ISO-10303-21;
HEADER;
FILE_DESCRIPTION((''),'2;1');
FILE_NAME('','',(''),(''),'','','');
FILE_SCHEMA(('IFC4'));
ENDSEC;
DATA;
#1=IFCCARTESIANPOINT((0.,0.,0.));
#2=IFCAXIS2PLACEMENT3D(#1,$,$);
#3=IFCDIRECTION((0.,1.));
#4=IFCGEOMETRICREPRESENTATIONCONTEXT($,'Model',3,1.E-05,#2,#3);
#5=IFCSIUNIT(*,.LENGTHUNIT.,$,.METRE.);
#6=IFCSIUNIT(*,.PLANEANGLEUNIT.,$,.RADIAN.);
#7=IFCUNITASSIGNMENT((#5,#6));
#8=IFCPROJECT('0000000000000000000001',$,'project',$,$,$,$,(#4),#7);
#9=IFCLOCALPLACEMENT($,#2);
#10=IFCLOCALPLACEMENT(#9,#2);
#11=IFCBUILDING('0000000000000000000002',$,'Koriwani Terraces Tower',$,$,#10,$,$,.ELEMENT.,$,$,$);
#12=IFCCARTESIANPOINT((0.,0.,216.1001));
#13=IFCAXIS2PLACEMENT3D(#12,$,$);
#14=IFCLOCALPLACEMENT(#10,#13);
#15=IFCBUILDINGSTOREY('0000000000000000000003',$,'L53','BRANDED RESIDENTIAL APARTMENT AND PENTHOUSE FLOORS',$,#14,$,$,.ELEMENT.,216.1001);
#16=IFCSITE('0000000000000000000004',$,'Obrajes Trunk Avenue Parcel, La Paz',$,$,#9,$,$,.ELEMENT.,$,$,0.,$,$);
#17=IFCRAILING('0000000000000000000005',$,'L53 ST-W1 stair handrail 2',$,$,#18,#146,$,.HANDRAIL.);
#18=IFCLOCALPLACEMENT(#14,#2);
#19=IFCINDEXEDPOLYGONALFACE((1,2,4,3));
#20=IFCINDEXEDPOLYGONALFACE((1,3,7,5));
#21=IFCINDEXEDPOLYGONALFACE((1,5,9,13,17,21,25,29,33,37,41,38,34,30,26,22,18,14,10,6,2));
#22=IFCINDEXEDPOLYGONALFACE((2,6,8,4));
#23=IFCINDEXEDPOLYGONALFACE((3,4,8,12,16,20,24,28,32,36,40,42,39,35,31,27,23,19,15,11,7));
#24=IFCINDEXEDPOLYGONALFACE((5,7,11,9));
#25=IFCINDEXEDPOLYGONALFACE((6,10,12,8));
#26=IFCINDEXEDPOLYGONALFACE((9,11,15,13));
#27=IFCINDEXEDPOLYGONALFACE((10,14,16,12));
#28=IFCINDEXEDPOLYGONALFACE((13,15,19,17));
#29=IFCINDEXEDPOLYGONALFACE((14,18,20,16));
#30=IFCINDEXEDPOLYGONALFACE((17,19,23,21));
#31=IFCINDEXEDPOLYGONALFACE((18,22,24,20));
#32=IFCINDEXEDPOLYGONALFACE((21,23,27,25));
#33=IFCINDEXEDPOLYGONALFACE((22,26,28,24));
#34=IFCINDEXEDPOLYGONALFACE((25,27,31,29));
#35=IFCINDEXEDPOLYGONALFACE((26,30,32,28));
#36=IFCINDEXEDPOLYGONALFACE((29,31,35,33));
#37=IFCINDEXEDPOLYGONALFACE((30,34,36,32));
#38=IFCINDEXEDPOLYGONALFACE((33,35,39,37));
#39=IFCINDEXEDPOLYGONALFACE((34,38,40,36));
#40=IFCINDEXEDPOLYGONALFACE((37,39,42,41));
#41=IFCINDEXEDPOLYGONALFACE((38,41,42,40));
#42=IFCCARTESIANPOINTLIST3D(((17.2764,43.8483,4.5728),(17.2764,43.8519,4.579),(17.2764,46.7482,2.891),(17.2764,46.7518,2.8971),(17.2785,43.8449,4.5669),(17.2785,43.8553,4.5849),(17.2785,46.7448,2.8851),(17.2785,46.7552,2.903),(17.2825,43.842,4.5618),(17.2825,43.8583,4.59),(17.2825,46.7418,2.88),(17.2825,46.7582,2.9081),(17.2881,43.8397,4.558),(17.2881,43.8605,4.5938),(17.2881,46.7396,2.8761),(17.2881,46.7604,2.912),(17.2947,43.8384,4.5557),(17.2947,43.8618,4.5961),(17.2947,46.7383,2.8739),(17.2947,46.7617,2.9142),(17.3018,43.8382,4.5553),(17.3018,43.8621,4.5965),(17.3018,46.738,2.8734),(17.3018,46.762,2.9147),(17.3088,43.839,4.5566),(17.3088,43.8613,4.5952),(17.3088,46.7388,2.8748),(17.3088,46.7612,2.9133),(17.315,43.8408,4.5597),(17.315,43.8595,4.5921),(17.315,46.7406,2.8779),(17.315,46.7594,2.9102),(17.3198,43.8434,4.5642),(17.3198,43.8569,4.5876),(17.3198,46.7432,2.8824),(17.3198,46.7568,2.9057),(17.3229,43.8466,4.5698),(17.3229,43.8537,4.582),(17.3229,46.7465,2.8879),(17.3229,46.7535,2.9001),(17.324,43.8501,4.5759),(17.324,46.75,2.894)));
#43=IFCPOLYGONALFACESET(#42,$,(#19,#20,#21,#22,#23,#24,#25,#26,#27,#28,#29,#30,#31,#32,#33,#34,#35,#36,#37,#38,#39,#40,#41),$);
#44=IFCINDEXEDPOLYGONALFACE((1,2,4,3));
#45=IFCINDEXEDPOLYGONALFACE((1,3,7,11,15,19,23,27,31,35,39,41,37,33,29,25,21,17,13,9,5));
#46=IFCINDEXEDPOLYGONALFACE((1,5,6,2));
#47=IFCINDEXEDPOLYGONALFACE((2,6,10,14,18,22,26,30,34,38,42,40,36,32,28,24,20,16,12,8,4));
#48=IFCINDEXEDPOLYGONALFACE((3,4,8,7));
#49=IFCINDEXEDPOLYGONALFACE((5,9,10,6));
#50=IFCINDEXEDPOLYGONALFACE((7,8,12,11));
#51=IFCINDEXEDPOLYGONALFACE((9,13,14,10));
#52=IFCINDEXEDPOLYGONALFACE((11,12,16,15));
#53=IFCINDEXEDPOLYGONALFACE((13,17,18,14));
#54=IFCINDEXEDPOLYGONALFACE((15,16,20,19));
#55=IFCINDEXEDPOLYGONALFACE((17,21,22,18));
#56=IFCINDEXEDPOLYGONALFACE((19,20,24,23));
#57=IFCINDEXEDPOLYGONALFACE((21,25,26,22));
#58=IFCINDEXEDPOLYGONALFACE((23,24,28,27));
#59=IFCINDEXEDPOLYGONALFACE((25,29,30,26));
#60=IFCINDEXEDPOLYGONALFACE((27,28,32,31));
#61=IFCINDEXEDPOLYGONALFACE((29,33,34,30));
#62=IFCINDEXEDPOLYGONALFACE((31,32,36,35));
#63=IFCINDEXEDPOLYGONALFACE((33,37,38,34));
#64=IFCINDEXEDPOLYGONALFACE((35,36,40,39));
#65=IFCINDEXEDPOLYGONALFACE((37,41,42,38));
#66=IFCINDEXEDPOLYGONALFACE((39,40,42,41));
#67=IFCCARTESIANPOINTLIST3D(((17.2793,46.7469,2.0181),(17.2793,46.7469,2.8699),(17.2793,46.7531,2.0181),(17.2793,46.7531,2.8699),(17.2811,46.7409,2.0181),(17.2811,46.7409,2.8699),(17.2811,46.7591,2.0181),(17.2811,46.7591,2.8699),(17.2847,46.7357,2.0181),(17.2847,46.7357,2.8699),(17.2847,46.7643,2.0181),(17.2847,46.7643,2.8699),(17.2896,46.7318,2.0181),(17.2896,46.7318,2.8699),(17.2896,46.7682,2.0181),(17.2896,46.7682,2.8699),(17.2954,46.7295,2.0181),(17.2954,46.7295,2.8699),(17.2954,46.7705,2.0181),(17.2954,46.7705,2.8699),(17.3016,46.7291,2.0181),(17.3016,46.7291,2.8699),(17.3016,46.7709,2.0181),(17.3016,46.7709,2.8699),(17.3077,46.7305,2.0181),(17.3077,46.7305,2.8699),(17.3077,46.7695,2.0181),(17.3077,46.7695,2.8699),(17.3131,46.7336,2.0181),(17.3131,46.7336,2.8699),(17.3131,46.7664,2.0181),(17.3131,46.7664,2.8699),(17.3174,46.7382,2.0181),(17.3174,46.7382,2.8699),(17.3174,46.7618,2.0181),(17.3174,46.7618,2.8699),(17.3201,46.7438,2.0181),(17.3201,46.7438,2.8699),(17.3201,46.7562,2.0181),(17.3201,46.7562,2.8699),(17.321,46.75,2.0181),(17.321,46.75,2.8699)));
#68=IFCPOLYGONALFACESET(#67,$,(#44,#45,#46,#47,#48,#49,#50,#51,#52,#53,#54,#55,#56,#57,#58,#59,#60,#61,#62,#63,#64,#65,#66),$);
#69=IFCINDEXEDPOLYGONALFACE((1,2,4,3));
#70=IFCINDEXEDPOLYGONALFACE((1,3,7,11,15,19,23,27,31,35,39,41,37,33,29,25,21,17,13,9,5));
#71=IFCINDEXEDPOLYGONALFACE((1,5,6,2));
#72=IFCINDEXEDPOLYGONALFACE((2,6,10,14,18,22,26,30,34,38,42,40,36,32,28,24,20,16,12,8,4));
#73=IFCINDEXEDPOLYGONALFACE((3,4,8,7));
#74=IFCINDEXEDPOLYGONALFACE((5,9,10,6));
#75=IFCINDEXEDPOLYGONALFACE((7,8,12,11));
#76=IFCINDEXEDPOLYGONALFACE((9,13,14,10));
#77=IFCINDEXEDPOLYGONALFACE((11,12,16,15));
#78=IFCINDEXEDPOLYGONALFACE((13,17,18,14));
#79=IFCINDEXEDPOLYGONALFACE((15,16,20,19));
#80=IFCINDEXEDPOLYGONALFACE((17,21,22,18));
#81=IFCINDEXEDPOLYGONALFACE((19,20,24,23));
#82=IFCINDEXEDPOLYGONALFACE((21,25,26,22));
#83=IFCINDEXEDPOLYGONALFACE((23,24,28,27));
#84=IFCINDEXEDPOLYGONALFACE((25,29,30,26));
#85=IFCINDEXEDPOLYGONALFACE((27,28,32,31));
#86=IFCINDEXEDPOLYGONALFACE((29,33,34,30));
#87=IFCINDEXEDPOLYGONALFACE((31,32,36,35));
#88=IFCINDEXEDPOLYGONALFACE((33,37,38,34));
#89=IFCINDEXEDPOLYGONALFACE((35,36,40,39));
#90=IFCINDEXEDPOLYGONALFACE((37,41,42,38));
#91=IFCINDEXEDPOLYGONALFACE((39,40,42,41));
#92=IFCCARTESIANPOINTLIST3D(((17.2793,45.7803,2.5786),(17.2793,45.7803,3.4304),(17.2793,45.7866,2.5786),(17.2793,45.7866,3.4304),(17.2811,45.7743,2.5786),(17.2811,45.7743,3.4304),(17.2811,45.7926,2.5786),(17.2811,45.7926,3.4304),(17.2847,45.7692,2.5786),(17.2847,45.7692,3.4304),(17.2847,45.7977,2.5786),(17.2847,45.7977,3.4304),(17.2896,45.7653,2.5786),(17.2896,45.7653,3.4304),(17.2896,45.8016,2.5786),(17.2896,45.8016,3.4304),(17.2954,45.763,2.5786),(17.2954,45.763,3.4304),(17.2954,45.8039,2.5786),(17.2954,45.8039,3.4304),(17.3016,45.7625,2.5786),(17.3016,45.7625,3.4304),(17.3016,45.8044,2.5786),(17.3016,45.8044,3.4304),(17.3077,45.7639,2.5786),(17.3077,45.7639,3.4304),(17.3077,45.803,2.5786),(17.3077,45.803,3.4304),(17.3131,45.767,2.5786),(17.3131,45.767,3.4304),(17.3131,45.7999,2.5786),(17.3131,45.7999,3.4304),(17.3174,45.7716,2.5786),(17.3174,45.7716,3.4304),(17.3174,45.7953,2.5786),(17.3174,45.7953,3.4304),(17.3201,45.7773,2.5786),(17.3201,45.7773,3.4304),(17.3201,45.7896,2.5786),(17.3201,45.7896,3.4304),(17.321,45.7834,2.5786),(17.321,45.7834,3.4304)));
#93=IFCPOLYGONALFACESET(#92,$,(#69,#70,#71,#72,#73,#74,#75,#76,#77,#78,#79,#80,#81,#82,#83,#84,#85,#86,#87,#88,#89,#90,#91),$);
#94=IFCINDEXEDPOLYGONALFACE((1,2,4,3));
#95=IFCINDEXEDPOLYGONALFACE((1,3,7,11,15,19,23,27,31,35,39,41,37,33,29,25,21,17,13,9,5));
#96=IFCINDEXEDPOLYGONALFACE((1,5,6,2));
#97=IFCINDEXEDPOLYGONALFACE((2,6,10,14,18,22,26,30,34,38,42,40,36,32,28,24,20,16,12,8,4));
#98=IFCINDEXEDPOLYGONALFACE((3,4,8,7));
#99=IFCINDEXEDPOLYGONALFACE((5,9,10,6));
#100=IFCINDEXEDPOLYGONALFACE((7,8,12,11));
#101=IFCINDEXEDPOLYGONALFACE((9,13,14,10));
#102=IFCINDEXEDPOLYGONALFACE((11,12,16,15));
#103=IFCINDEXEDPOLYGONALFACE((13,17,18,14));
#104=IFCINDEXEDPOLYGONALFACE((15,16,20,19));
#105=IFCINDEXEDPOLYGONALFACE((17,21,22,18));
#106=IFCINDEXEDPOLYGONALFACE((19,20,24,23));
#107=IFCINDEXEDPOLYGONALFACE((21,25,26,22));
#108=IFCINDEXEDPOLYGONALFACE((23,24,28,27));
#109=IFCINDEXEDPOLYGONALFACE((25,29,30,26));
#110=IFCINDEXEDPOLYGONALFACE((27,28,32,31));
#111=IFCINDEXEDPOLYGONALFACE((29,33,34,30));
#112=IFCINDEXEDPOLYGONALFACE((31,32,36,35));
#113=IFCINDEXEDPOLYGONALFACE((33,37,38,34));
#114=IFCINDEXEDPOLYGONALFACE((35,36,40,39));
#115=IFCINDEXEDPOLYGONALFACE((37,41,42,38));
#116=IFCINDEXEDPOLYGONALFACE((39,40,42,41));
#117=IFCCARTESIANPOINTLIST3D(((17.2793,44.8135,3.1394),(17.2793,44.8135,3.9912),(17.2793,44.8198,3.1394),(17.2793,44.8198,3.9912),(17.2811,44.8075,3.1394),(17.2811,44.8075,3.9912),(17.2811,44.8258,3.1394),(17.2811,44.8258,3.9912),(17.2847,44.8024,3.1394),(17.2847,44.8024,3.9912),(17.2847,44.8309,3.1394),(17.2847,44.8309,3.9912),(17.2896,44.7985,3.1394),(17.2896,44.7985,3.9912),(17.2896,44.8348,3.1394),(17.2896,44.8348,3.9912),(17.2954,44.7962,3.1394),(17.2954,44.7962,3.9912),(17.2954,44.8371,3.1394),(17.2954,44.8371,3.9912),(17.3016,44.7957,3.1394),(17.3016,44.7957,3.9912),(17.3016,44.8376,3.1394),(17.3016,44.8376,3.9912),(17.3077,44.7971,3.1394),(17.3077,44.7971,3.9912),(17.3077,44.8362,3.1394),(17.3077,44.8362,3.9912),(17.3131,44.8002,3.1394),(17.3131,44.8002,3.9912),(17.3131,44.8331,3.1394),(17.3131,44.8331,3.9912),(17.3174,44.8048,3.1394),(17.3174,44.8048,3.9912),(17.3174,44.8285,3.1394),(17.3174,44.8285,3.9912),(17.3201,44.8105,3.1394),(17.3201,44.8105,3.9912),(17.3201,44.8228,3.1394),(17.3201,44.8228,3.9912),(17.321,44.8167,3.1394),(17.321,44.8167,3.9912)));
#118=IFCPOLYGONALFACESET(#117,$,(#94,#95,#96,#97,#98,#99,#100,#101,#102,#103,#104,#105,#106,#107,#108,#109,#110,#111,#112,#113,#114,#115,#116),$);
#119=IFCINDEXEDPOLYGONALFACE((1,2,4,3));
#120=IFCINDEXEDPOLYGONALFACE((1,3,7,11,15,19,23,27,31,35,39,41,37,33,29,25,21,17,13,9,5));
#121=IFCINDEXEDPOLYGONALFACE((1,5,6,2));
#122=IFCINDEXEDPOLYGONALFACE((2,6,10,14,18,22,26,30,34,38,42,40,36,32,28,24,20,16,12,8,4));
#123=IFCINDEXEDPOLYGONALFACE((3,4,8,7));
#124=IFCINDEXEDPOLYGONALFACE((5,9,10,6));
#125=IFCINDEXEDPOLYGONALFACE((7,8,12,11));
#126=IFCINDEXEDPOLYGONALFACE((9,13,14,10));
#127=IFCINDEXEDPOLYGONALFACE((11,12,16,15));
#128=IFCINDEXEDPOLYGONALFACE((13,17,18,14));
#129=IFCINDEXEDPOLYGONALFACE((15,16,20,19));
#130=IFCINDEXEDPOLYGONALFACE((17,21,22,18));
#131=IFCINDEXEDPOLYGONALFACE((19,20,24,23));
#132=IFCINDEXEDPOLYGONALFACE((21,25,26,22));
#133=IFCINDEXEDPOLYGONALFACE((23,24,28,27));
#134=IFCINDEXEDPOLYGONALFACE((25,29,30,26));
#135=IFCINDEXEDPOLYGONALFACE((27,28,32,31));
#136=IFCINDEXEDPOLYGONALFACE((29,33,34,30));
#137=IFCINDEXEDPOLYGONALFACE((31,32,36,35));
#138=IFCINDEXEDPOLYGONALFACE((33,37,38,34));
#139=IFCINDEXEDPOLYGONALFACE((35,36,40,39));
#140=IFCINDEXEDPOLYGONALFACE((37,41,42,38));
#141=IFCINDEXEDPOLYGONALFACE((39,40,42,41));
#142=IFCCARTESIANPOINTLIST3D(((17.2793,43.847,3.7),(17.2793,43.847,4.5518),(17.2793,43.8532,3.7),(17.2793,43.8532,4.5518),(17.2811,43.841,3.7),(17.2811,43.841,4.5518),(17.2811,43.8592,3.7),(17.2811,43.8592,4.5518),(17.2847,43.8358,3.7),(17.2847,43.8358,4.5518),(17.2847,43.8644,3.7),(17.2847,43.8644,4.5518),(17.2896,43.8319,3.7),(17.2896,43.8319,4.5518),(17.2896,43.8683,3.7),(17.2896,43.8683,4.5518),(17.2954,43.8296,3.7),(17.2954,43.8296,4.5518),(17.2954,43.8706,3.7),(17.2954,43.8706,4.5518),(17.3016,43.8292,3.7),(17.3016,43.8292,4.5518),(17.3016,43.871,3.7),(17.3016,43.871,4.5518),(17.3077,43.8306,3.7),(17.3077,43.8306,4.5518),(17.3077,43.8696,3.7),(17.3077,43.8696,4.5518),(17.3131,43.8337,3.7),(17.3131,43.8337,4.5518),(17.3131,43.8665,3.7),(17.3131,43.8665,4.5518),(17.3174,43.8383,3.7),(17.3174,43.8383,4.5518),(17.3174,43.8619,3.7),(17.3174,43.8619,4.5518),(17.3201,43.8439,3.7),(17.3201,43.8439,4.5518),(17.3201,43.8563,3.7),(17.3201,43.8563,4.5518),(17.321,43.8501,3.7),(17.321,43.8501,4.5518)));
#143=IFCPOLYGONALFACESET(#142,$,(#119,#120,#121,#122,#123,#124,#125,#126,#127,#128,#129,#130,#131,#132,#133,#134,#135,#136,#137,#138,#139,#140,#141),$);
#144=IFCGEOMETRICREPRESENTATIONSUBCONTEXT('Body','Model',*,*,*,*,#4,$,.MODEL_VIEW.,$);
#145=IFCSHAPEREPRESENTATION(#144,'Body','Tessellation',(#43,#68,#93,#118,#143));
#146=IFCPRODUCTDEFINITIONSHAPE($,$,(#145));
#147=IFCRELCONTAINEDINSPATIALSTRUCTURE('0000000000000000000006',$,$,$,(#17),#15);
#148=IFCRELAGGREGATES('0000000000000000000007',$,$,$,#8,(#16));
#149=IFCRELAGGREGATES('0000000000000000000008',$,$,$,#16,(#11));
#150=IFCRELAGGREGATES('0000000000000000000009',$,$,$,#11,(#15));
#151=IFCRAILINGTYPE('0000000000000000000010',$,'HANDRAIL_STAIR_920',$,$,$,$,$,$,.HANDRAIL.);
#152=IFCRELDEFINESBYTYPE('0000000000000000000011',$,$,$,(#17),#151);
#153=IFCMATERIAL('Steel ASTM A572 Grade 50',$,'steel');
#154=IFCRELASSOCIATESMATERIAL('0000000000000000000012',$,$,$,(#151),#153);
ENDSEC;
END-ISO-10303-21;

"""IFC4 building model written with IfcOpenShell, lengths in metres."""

from ifc_helpers import new_model, si_unit, direction, frame, origin, origin_2d, place, context, subcontext, project, spatial, circle, extrude, material, type_object, element, save


model = new_model("IFC4")

# Units and contexts
model_context = context("Model", 3, precision=1e-05, world=origin(), true_north=direction((0.0, 1.0)))
body_context = subcontext(model_context, "Body", "Model", "MODEL_VIEW")
ifc_project = project(units=[si_unit("LENGTHUNIT", "METRE"), si_unit("PLANEANGLEUNIT", "RADIAN")], contexts=[model_context])

# Site, building, storey
site_placement = place(None, origin())
site = spatial("IfcSite", under=ifc_project, at=site_placement, Name="Obrajes Trunk Avenue Parcel, La Paz", CompositionType="ELEMENT", RefElevation=0.0)
building_placement = place(site_placement, origin())
building = spatial("IfcBuilding", under=site, at=building_placement, Name="Koriwani Terraces Tower", CompositionType="ELEMENT")
storey_placement = place(building_placement, frame((0.0, 0.0, 216.1001)))
storey = spatial("IfcBuildingStorey", under=building, at=storey_placement, Name="L53", Description="BRANDED RESIDENTIAL APARTMENT AND PENTHOUSE FLOORS", CompositionType="ELEMENT", Elevation=216.1001)

# Shared definitions
ifc_material_1 = material(Name="Steel ASTM A572 Grade 50", Category="steel")

# Railing
railing_type = type_object("IfcRailingType", Name="HANDRAIL_STAIR_920", PredefinedType="HANDRAIL", material=ifc_material_1)
railing_placement = place(storey_placement, frame((17.3, 46.75, 2.0181)))
element("IfcRailing", 1, at=railing_placement, inside=storey, type_object=railing_type, Name="L53 ST-W1 stair handrail 2", PredefinedType="HANDRAIL", context=body_context, shape_type="SweptSolid", body=[
    extrude(circle(Radius=0.0239, at=origin_2d()), frame((0.0, 0.0, 0.876), z_axis=(0.0, -0.865039, 0.501705), x_axis=(1.0, 0.0, 0.0)), (0.0, 0.0, 1.0), 3.3523),
    extrude(circle(Radius=0.021, at=origin_2d()), origin(), (0.0, 0.0, 1.0), 0.8518),
    extrude(circle(Radius=0.021, at=origin_2d()), frame((0.0, -0.9666, 0.5605)), (0.0, 0.0, 1.0), 0.8518),
    extrude(circle(Radius=0.021, at=origin_2d()), frame((0.0, -1.9333, 1.1213)), (0.0, 0.0, 1.0), 0.8518),
    extrude(circle(Radius=0.021, at=origin_2d()), frame((0.0, -2.8999, 1.6819)), (0.0, 0.0, 1.0), 0.8518),
])

save(model, "model.ifc")
